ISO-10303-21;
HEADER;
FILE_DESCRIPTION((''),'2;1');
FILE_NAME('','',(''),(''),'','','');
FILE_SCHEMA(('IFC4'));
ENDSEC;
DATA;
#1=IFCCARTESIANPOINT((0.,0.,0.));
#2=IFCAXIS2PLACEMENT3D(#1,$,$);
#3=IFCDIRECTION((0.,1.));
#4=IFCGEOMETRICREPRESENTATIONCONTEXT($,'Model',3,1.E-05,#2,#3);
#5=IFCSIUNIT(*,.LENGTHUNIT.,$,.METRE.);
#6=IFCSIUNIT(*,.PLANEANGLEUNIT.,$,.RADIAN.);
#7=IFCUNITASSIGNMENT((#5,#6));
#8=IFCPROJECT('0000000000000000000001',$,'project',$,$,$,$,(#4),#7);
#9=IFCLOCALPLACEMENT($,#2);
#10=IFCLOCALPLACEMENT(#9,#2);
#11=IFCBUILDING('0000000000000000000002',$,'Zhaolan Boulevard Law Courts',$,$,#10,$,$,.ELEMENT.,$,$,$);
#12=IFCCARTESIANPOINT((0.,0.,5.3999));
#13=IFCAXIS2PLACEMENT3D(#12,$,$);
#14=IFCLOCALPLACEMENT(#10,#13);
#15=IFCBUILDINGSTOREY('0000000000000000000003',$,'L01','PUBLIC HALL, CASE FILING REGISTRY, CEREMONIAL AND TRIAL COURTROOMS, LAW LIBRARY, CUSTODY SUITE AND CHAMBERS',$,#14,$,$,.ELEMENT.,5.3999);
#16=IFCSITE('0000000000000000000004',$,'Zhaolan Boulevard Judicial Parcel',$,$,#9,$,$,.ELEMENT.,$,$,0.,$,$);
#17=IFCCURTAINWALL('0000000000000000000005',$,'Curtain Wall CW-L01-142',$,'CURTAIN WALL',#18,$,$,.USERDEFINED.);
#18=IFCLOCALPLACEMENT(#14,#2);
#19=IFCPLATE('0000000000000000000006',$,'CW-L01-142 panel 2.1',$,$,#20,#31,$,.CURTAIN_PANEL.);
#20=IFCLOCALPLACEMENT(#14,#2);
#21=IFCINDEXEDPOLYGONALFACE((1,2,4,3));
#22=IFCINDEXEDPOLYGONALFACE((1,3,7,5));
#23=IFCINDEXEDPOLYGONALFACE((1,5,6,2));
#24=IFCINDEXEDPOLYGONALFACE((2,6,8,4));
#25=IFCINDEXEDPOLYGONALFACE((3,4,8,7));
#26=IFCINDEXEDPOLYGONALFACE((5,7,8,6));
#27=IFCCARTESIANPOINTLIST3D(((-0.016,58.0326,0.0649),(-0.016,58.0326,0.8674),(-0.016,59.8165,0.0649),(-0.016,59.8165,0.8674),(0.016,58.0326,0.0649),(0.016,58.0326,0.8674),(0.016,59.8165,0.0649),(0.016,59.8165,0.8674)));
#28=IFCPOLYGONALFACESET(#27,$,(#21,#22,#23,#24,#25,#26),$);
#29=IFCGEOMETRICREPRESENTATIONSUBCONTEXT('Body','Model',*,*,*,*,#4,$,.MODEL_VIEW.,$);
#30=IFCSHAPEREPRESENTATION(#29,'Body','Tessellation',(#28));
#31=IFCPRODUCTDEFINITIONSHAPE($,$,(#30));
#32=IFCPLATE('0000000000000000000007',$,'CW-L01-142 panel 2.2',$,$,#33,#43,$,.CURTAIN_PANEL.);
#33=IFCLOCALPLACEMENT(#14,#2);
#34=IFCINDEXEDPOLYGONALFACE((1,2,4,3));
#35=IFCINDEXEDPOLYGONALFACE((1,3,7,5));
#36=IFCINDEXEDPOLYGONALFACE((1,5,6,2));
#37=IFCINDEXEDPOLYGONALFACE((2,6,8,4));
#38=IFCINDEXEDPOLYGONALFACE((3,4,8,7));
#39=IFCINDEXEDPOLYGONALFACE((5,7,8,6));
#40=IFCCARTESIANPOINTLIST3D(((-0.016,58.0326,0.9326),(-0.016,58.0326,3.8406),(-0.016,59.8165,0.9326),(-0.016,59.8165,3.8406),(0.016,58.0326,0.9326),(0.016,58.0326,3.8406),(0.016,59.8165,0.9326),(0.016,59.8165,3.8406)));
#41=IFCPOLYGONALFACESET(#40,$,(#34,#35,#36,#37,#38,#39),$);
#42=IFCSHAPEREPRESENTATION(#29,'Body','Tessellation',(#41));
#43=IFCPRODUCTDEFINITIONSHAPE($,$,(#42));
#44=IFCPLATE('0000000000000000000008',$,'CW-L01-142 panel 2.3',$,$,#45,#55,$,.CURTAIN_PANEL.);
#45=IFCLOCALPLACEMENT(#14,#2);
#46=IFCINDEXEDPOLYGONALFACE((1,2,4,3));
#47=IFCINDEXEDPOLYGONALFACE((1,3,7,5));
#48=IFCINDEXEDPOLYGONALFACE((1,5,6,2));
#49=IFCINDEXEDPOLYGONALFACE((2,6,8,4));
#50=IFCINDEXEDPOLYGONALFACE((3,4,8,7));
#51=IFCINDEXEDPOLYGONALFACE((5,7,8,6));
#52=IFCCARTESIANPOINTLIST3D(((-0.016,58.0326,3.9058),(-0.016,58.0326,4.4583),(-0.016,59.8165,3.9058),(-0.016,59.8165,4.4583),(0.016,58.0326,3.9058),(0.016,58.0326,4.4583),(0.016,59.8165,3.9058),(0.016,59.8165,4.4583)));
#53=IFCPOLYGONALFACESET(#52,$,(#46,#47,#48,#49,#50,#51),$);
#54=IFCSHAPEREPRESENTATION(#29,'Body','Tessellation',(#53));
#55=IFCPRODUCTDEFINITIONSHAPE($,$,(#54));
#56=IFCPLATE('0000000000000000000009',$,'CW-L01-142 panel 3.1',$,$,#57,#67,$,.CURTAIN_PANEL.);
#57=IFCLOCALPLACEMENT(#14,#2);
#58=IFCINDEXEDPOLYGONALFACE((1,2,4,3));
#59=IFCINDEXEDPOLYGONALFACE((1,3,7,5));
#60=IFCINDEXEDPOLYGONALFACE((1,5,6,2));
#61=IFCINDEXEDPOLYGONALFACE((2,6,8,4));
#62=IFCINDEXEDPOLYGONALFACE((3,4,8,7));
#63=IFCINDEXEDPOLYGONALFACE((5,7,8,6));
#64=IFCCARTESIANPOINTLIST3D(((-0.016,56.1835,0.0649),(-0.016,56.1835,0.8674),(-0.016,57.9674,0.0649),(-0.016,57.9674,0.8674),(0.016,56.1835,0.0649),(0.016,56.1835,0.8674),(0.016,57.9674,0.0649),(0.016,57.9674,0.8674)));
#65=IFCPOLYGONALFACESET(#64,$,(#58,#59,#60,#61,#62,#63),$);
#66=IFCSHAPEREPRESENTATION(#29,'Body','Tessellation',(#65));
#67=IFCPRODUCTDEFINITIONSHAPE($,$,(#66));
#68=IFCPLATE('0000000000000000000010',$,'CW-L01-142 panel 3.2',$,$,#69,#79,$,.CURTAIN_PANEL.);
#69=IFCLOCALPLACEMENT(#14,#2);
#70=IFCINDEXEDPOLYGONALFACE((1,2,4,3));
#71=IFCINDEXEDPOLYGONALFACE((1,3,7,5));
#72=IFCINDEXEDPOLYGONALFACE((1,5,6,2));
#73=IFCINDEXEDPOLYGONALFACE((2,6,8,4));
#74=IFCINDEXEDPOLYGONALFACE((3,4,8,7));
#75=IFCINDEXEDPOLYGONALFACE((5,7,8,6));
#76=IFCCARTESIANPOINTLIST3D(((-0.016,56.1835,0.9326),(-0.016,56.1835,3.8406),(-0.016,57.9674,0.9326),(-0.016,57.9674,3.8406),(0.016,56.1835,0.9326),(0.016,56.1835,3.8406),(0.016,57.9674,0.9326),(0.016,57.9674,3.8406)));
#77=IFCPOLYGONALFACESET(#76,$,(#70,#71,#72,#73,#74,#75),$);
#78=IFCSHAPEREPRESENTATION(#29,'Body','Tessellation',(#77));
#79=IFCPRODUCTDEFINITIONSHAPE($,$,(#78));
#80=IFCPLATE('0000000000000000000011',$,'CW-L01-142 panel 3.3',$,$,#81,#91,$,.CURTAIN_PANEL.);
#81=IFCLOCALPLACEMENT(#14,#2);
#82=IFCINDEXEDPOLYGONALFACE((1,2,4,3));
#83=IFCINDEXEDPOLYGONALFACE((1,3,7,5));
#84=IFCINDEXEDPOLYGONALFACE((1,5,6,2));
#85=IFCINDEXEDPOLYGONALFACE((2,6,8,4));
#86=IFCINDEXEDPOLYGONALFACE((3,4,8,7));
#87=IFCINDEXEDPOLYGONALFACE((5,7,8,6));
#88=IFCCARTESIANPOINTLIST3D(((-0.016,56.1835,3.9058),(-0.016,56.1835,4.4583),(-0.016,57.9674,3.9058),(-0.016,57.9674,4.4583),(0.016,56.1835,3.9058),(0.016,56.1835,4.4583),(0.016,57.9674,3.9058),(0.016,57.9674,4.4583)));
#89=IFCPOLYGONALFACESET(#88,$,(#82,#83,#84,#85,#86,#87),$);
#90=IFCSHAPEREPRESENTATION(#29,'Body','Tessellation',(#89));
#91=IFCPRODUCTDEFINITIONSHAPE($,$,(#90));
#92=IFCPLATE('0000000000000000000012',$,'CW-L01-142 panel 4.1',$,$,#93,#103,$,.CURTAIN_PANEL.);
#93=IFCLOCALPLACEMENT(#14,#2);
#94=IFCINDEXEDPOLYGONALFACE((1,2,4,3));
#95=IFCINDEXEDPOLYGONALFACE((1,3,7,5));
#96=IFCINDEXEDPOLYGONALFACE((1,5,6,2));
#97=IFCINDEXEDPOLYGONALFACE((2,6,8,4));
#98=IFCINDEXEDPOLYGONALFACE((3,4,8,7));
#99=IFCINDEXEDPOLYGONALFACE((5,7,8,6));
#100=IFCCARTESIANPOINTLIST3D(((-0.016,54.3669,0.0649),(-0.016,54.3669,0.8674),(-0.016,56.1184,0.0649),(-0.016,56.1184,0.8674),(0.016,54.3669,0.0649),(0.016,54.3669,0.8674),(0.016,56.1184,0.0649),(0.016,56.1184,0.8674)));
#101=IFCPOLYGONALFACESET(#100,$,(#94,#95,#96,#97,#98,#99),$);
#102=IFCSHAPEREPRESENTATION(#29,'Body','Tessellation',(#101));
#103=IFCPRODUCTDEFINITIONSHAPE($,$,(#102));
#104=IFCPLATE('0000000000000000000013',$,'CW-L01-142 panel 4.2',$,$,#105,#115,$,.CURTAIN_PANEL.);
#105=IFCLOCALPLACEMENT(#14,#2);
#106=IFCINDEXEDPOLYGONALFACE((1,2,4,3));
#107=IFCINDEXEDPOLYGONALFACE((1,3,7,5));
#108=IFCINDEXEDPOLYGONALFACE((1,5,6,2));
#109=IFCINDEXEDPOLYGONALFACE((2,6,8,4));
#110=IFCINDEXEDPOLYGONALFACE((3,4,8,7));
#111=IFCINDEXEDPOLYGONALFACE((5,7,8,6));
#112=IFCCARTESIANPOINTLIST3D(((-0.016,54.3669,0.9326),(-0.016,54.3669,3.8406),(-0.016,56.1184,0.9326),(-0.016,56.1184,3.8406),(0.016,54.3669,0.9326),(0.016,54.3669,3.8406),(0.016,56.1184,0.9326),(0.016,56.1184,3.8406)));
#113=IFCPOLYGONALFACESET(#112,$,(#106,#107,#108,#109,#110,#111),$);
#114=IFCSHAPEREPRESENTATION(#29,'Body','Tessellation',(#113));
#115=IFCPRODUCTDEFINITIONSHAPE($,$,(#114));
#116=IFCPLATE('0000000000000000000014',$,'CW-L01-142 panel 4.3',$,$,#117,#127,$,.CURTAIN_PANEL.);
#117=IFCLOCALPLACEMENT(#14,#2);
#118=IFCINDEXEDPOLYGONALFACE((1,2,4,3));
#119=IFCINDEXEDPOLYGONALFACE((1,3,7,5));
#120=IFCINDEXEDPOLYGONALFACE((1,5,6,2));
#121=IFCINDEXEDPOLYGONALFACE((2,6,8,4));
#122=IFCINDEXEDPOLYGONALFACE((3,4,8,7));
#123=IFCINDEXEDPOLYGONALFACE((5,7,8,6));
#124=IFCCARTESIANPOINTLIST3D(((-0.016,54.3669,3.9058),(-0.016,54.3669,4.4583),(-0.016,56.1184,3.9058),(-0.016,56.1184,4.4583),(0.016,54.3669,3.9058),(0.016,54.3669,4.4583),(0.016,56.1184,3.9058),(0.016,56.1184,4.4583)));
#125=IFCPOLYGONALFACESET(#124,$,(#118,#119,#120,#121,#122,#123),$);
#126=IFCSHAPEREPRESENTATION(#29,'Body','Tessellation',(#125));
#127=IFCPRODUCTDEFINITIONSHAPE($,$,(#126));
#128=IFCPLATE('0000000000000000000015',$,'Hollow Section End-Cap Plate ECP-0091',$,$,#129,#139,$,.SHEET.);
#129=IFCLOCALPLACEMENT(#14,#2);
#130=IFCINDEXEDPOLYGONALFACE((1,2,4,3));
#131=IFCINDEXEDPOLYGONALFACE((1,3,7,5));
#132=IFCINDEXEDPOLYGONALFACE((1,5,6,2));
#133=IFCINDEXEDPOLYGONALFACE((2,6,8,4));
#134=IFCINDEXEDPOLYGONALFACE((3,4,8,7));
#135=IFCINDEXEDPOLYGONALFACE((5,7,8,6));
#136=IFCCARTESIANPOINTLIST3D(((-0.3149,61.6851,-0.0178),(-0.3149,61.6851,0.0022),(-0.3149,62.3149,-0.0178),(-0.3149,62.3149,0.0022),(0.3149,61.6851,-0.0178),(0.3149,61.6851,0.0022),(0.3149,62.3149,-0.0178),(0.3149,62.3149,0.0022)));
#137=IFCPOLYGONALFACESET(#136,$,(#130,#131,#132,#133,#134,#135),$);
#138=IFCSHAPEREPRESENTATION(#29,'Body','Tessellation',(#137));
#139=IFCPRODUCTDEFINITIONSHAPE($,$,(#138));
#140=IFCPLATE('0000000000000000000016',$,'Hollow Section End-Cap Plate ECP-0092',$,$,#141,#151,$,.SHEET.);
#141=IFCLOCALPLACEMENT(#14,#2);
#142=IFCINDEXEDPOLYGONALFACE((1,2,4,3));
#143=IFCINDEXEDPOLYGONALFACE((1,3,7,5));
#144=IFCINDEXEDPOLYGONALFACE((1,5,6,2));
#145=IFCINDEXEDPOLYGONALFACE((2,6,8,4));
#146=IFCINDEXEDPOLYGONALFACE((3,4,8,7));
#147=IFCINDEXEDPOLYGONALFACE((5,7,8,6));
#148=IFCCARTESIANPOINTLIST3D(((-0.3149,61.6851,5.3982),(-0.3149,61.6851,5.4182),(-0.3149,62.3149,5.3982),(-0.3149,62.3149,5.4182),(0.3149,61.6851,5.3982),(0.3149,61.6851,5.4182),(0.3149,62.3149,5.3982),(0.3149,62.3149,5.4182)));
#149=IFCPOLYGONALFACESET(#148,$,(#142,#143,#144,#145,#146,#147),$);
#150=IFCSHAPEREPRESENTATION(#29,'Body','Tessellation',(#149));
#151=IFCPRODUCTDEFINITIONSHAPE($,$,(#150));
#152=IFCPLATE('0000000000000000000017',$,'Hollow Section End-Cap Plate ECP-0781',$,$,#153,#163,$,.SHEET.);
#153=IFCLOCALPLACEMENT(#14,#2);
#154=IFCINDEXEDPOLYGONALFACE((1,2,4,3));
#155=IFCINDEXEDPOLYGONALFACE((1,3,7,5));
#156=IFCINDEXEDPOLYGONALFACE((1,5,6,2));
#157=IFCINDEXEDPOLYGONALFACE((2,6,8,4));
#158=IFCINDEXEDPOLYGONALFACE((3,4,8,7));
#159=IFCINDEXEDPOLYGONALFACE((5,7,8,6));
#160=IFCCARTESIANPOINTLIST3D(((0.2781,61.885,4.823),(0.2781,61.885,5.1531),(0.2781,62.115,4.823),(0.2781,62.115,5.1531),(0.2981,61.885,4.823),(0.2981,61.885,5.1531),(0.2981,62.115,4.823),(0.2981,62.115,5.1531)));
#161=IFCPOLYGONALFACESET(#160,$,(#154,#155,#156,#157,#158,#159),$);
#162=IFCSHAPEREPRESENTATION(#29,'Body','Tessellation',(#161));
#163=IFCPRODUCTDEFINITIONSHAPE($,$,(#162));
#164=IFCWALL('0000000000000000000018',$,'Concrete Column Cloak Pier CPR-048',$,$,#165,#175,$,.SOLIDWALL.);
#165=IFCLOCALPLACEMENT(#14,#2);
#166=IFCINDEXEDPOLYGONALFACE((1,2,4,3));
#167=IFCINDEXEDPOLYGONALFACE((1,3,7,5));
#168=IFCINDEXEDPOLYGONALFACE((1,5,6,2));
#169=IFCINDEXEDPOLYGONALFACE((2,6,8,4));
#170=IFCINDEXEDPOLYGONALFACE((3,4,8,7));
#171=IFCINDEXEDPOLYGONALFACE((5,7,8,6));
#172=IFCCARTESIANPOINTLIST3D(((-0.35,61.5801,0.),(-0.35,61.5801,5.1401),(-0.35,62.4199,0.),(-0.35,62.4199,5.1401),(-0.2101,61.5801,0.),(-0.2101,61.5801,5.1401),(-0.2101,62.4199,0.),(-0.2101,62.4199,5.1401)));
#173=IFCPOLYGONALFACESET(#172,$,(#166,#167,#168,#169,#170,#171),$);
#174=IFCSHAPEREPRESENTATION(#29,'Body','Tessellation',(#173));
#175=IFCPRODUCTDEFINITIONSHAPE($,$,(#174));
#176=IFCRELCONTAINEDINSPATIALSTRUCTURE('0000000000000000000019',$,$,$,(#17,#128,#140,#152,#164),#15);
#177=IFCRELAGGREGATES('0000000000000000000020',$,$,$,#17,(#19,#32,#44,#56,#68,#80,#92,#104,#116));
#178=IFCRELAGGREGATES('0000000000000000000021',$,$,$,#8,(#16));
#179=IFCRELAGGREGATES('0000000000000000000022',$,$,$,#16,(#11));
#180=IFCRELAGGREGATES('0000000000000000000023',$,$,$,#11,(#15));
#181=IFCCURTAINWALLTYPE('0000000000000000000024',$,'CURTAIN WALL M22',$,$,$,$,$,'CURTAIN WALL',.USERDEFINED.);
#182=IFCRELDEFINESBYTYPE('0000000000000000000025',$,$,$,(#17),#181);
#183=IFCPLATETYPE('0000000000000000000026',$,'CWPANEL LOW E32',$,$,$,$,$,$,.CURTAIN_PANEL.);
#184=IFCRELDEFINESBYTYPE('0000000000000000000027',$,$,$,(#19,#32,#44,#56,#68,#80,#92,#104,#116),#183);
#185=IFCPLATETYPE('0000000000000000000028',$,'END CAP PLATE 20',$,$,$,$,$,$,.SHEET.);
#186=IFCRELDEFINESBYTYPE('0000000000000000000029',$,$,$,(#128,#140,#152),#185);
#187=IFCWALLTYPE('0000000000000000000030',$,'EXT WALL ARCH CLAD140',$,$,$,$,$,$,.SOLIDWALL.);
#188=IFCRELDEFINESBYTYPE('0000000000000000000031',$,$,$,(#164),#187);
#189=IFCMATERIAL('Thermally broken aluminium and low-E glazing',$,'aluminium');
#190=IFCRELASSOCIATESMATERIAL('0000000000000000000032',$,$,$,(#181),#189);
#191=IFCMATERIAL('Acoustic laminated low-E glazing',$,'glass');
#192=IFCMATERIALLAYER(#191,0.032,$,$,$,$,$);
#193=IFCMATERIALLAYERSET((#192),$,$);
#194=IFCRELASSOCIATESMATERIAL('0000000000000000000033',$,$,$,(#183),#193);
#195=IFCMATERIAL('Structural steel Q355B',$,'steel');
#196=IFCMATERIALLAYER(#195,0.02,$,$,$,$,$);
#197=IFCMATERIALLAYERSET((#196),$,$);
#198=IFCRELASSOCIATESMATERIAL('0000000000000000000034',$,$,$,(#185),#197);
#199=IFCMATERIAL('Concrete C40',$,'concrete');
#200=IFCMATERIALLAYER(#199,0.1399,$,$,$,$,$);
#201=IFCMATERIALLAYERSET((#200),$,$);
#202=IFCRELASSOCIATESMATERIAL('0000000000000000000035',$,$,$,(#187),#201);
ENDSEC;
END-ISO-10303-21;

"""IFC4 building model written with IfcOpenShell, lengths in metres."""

from ifc_helpers import new_model, si_unit, direction, frame, frame_2d, origin, origin_2d, place, context, subcontext, project, spatial, rectangle, extrude, material, layer, layer_set, type_object, element, aggregate, save


model = new_model("IFC4")

# Units and contexts
model_context = context("Model", 3, precision=1e-05, world=origin(), true_north=direction((0.0, 1.0)))
body_context = subcontext(model_context, "Body", "Model", "MODEL_VIEW")
ifc_project = project(units=[si_unit("LENGTHUNIT", "METRE"), si_unit("PLANEANGLEUNIT", "RADIAN")], contexts=[model_context])

# Site, building, storey
site_placement = place(None, origin())
site = spatial("IfcSite", under=ifc_project, at=site_placement, Name="Zhaolan Boulevard Judicial Parcel", CompositionType="ELEMENT", RefElevation=0.0)
building_placement = place(site_placement, origin())
building = spatial("IfcBuilding", under=site, at=building_placement, Name="Zhaolan Boulevard Law Courts", CompositionType="ELEMENT")
storey_placement = place(building_placement, frame((0.0, 0.0, 5.3999)))
storey = spatial("IfcBuildingStorey", under=building, at=storey_placement, Name="L01", Description="PUBLIC HALL, CASE FILING REGISTRY, CEREMONIAL AND TRIAL COURTROOMS, LAW LIBRARY, CUSTODY SUITE AND CHAMBERS", CompositionType="ELEMENT", Elevation=5.3999)

# Curtain wall, plates
ifc_material_1 = material(Name="Thermally broken aluminium and low-E glazing", Category="aluminium")
curtain_wall_type = type_object("IfcCurtainWallType", Name="CURTAIN WALL M22", ElementType="CURTAIN WALL", PredefinedType="USERDEFINED", material=ifc_material_1)
curtain_wall_placement = place(storey_placement, origin())
curtain_wall = element("IfcCurtainWall", 1, at=curtain_wall_placement, inside=storey, type_object=curtain_wall_type, Name="Curtain Wall CW-L01-142", ObjectType="CURTAIN WALL", PredefinedType="USERDEFINED")
ifc_material_2 = material(Name="Acoustic laminated low-E glazing", Category="glass")
ifc_layer_1 = layer(ifc_material_2, 0.032)
ifc_layer_set_1 = layer_set([ifc_layer_1])
plate_type_1 = type_object("IfcPlateType", Name="CWPANEL LOW E32", PredefinedType="CURTAIN_PANEL", material=ifc_layer_set_1)
plate_1_placement = place(storey_placement, frame((0.0, 58.9246, 0.0649), z_axis=(0.0, 0.0, 1.0), x_axis=(0.0, -1.0, 0.0)))
plate_1 = element("IfcPlate", 2, at=plate_1_placement, type_object=plate_type_1, Name="CW-L01-142 panel 2.1", PredefinedType="CURTAIN_PANEL", context=body_context, shape_type="SweptSolid", body=[
    extrude(rectangle(XDim=1.7839, YDim=0.032, at=origin_2d()), origin(), (0.0, 0.0, 1.0), 0.8025),
])
plate_2_placement = place(storey_placement, frame((0.0, 58.9246, 0.9326), z_axis=(0.0, 0.0, 1.0), x_axis=(0.0, -1.0, 0.0)))
plate_2 = element("IfcPlate", 3, at=plate_2_placement, type_object=plate_type_1, Name="CW-L01-142 panel 2.2", PredefinedType="CURTAIN_PANEL", context=body_context, shape_type="SweptSolid", body=[
    extrude(rectangle(XDim=1.7839, YDim=0.032, at=origin_2d()), origin(), (0.0, 0.0, 1.0), 2.908),
])
plate_3_placement = place(storey_placement, frame((0.0, 58.9246, 3.9058), z_axis=(0.0, 0.0, 1.0), x_axis=(0.0, -1.0, 0.0)))
plate_3 = element("IfcPlate", 4, at=plate_3_placement, type_object=plate_type_1, Name="CW-L01-142 panel 2.3", PredefinedType="CURTAIN_PANEL", context=body_context, shape_type="SweptSolid", body=[
    extrude(rectangle(XDim=1.7839, YDim=0.032, at=origin_2d()), origin(), (0.0, 0.0, 1.0), 0.5525),
])
plate_4_placement = place(storey_placement, frame((0.0, 57.0754, 0.0649), z_axis=(0.0, 0.0, 1.0), x_axis=(0.0, -1.0, 0.0)))
plate_4 = element("IfcPlate", 5, at=plate_4_placement, type_object=plate_type_1, Name="CW-L01-142 panel 3.1", PredefinedType="CURTAIN_PANEL", context=body_context, shape_type="SweptSolid", body=[
    extrude(rectangle(XDim=1.7839, YDim=0.032, at=origin_2d()), origin(), (0.0, 0.0, 1.0), 0.8025),
])
plate_5_placement = place(storey_placement, frame((0.0, 57.0754, 0.9326), z_axis=(0.0, 0.0, 1.0), x_axis=(0.0, -1.0, 0.0)))
plate_5 = element("IfcPlate", 6, at=plate_5_placement, type_object=plate_type_1, Name="CW-L01-142 panel 3.2", PredefinedType="CURTAIN_PANEL", context=body_context, shape_type="SweptSolid", body=[
    extrude(rectangle(XDim=1.7839, YDim=0.032, at=origin_2d()), origin(), (0.0, 0.0, 1.0), 2.908),
])
plate_6_placement = place(storey_placement, frame((0.0, 57.0754, 3.9058), z_axis=(0.0, 0.0, 1.0), x_axis=(0.0, -1.0, 0.0)))
plate_6 = element("IfcPlate", 7, at=plate_6_placement, type_object=plate_type_1, Name="CW-L01-142 panel 3.3", PredefinedType="CURTAIN_PANEL", context=body_context, shape_type="SweptSolid", body=[
    extrude(rectangle(XDim=1.7839, YDim=0.032, at=origin_2d()), origin(), (0.0, 0.0, 1.0), 0.5525),
])
plate_7_placement = place(storey_placement, frame((0.0, 55.2427, 0.0649), z_axis=(0.0, 0.0, 1.0), x_axis=(0.0, -1.0, 0.0)))
plate_7 = element("IfcPlate", 8, at=plate_7_placement, type_object=plate_type_1, Name="CW-L01-142 panel 4.1", PredefinedType="CURTAIN_PANEL", context=body_context, shape_type="SweptSolid", body=[
    extrude(rectangle(XDim=1.7515, YDim=0.032, at=origin_2d()), origin(), (0.0, 0.0, 1.0), 0.8025),
])
plate_8_placement = place(storey_placement, frame((0.0, 55.2427, 0.9326), z_axis=(0.0, 0.0, 1.0), x_axis=(0.0, -1.0, 0.0)))
plate_8 = element("IfcPlate", 9, at=plate_8_placement, type_object=plate_type_1, Name="CW-L01-142 panel 4.2", PredefinedType="CURTAIN_PANEL", context=body_context, shape_type="SweptSolid", body=[
    extrude(rectangle(XDim=1.7515, YDim=0.032, at=origin_2d()), origin(), (0.0, 0.0, 1.0), 2.908),
])
plate_9_placement = place(storey_placement, frame((0.0, 55.2427, 3.9058), z_axis=(0.0, 0.0, 1.0), x_axis=(0.0, -1.0, 0.0)))
plate_9 = element("IfcPlate", 10, at=plate_9_placement, type_object=plate_type_1, Name="CW-L01-142 panel 4.3", PredefinedType="CURTAIN_PANEL", context=body_context, shape_type="SweptSolid", body=[
    extrude(rectangle(XDim=1.7515, YDim=0.032, at=origin_2d()), origin(), (0.0, 0.0, 1.0), 0.5525),
])
aggregate(curtain_wall, [plate_1, plate_2, plate_3, plate_4, plate_5, plate_6, plate_7, plate_8, plate_9])

# Plates
ifc_material_3 = material(Name="Structural steel Q355B", Category="steel")
ifc_layer_2 = layer(ifc_material_3, 0.02)
ifc_layer_set_2 = layer_set([ifc_layer_2])
plate_type_2 = type_object("IfcPlateType", Name="END CAP PLATE 20", PredefinedType="SHEET", material=ifc_layer_set_2)
for number, where, z_axis, x_axis, name in (
    (11, (0.0, 62.0, -0.0178), (0.0, 0.0, 1.0), (1.0, 0.0, 0.0), "Hollow Section End-Cap Plate ECP-0091"),
    (12, (0.0, 62.0, 5.3982), (0.0, 0.0, 1.0), (1.0, 0.0, 0.0), "Hollow Section End-Cap Plate ECP-0092"),
):
    element("IfcPlate", number, at=place(storey_placement, frame(where, z_axis=z_axis, x_axis=x_axis)), inside=storey, type_object=plate_type_2, Name=name, PredefinedType="SHEET", context=body_context, shape_type="SweptSolid", body=[
        extrude(rectangle(XDim=0.6299, YDim=0.6299, at=origin_2d()), origin(), (0.0, 0.0, 1.0), 0.02),
    ])
plate_10_placement = place(storey_placement, frame((0.2881, 62.0, 4.823), z_axis=(0.0, 0.0, 1.0), x_axis=(1.0, 0.0, 0.0)))
element("IfcPlate", 13, at=plate_10_placement, inside=storey, type_object=plate_type_2, Name="Hollow Section End-Cap Plate ECP-0781", PredefinedType="SHEET", context=body_context, shape_type="SweptSolid", body=[
    extrude(rectangle(XDim=0.02, YDim=0.23, at=origin_2d()), origin(), (0.0, 0.0, 1.0), 0.3301),
])

# Wall
ifc_material_4 = material(Name="Concrete C40", Category="concrete")
ifc_layer_3 = layer(ifc_material_4, 0.1399)
ifc_layer_set_3 = layer_set([ifc_layer_3])
wall_type = type_object("IfcWallType", Name="EXT WALL ARCH CLAD140", PredefinedType="SOLIDWALL", material=ifc_layer_set_3)
wall_placement = place(storey_placement, frame((-0.28, 61.5801, 0.0), z_axis=(0.0, 0.0, 1.0), x_axis=(0.0, 1.0, 0.0)))
element("IfcWall", 14, at=wall_placement, inside=storey, type_object=wall_type, Name="Concrete Column Cloak Pier CPR-048", PredefinedType="SOLIDWALL", context=body_context, shape_type="SweptSolid", body=[
    extrude(rectangle(XDim=0.8398, YDim=0.1399, at=frame_2d((0.4199, 0.0))), origin(), (0.0, 0.0, 1.0), 5.1401),
])

save(model, "model.ifc")
